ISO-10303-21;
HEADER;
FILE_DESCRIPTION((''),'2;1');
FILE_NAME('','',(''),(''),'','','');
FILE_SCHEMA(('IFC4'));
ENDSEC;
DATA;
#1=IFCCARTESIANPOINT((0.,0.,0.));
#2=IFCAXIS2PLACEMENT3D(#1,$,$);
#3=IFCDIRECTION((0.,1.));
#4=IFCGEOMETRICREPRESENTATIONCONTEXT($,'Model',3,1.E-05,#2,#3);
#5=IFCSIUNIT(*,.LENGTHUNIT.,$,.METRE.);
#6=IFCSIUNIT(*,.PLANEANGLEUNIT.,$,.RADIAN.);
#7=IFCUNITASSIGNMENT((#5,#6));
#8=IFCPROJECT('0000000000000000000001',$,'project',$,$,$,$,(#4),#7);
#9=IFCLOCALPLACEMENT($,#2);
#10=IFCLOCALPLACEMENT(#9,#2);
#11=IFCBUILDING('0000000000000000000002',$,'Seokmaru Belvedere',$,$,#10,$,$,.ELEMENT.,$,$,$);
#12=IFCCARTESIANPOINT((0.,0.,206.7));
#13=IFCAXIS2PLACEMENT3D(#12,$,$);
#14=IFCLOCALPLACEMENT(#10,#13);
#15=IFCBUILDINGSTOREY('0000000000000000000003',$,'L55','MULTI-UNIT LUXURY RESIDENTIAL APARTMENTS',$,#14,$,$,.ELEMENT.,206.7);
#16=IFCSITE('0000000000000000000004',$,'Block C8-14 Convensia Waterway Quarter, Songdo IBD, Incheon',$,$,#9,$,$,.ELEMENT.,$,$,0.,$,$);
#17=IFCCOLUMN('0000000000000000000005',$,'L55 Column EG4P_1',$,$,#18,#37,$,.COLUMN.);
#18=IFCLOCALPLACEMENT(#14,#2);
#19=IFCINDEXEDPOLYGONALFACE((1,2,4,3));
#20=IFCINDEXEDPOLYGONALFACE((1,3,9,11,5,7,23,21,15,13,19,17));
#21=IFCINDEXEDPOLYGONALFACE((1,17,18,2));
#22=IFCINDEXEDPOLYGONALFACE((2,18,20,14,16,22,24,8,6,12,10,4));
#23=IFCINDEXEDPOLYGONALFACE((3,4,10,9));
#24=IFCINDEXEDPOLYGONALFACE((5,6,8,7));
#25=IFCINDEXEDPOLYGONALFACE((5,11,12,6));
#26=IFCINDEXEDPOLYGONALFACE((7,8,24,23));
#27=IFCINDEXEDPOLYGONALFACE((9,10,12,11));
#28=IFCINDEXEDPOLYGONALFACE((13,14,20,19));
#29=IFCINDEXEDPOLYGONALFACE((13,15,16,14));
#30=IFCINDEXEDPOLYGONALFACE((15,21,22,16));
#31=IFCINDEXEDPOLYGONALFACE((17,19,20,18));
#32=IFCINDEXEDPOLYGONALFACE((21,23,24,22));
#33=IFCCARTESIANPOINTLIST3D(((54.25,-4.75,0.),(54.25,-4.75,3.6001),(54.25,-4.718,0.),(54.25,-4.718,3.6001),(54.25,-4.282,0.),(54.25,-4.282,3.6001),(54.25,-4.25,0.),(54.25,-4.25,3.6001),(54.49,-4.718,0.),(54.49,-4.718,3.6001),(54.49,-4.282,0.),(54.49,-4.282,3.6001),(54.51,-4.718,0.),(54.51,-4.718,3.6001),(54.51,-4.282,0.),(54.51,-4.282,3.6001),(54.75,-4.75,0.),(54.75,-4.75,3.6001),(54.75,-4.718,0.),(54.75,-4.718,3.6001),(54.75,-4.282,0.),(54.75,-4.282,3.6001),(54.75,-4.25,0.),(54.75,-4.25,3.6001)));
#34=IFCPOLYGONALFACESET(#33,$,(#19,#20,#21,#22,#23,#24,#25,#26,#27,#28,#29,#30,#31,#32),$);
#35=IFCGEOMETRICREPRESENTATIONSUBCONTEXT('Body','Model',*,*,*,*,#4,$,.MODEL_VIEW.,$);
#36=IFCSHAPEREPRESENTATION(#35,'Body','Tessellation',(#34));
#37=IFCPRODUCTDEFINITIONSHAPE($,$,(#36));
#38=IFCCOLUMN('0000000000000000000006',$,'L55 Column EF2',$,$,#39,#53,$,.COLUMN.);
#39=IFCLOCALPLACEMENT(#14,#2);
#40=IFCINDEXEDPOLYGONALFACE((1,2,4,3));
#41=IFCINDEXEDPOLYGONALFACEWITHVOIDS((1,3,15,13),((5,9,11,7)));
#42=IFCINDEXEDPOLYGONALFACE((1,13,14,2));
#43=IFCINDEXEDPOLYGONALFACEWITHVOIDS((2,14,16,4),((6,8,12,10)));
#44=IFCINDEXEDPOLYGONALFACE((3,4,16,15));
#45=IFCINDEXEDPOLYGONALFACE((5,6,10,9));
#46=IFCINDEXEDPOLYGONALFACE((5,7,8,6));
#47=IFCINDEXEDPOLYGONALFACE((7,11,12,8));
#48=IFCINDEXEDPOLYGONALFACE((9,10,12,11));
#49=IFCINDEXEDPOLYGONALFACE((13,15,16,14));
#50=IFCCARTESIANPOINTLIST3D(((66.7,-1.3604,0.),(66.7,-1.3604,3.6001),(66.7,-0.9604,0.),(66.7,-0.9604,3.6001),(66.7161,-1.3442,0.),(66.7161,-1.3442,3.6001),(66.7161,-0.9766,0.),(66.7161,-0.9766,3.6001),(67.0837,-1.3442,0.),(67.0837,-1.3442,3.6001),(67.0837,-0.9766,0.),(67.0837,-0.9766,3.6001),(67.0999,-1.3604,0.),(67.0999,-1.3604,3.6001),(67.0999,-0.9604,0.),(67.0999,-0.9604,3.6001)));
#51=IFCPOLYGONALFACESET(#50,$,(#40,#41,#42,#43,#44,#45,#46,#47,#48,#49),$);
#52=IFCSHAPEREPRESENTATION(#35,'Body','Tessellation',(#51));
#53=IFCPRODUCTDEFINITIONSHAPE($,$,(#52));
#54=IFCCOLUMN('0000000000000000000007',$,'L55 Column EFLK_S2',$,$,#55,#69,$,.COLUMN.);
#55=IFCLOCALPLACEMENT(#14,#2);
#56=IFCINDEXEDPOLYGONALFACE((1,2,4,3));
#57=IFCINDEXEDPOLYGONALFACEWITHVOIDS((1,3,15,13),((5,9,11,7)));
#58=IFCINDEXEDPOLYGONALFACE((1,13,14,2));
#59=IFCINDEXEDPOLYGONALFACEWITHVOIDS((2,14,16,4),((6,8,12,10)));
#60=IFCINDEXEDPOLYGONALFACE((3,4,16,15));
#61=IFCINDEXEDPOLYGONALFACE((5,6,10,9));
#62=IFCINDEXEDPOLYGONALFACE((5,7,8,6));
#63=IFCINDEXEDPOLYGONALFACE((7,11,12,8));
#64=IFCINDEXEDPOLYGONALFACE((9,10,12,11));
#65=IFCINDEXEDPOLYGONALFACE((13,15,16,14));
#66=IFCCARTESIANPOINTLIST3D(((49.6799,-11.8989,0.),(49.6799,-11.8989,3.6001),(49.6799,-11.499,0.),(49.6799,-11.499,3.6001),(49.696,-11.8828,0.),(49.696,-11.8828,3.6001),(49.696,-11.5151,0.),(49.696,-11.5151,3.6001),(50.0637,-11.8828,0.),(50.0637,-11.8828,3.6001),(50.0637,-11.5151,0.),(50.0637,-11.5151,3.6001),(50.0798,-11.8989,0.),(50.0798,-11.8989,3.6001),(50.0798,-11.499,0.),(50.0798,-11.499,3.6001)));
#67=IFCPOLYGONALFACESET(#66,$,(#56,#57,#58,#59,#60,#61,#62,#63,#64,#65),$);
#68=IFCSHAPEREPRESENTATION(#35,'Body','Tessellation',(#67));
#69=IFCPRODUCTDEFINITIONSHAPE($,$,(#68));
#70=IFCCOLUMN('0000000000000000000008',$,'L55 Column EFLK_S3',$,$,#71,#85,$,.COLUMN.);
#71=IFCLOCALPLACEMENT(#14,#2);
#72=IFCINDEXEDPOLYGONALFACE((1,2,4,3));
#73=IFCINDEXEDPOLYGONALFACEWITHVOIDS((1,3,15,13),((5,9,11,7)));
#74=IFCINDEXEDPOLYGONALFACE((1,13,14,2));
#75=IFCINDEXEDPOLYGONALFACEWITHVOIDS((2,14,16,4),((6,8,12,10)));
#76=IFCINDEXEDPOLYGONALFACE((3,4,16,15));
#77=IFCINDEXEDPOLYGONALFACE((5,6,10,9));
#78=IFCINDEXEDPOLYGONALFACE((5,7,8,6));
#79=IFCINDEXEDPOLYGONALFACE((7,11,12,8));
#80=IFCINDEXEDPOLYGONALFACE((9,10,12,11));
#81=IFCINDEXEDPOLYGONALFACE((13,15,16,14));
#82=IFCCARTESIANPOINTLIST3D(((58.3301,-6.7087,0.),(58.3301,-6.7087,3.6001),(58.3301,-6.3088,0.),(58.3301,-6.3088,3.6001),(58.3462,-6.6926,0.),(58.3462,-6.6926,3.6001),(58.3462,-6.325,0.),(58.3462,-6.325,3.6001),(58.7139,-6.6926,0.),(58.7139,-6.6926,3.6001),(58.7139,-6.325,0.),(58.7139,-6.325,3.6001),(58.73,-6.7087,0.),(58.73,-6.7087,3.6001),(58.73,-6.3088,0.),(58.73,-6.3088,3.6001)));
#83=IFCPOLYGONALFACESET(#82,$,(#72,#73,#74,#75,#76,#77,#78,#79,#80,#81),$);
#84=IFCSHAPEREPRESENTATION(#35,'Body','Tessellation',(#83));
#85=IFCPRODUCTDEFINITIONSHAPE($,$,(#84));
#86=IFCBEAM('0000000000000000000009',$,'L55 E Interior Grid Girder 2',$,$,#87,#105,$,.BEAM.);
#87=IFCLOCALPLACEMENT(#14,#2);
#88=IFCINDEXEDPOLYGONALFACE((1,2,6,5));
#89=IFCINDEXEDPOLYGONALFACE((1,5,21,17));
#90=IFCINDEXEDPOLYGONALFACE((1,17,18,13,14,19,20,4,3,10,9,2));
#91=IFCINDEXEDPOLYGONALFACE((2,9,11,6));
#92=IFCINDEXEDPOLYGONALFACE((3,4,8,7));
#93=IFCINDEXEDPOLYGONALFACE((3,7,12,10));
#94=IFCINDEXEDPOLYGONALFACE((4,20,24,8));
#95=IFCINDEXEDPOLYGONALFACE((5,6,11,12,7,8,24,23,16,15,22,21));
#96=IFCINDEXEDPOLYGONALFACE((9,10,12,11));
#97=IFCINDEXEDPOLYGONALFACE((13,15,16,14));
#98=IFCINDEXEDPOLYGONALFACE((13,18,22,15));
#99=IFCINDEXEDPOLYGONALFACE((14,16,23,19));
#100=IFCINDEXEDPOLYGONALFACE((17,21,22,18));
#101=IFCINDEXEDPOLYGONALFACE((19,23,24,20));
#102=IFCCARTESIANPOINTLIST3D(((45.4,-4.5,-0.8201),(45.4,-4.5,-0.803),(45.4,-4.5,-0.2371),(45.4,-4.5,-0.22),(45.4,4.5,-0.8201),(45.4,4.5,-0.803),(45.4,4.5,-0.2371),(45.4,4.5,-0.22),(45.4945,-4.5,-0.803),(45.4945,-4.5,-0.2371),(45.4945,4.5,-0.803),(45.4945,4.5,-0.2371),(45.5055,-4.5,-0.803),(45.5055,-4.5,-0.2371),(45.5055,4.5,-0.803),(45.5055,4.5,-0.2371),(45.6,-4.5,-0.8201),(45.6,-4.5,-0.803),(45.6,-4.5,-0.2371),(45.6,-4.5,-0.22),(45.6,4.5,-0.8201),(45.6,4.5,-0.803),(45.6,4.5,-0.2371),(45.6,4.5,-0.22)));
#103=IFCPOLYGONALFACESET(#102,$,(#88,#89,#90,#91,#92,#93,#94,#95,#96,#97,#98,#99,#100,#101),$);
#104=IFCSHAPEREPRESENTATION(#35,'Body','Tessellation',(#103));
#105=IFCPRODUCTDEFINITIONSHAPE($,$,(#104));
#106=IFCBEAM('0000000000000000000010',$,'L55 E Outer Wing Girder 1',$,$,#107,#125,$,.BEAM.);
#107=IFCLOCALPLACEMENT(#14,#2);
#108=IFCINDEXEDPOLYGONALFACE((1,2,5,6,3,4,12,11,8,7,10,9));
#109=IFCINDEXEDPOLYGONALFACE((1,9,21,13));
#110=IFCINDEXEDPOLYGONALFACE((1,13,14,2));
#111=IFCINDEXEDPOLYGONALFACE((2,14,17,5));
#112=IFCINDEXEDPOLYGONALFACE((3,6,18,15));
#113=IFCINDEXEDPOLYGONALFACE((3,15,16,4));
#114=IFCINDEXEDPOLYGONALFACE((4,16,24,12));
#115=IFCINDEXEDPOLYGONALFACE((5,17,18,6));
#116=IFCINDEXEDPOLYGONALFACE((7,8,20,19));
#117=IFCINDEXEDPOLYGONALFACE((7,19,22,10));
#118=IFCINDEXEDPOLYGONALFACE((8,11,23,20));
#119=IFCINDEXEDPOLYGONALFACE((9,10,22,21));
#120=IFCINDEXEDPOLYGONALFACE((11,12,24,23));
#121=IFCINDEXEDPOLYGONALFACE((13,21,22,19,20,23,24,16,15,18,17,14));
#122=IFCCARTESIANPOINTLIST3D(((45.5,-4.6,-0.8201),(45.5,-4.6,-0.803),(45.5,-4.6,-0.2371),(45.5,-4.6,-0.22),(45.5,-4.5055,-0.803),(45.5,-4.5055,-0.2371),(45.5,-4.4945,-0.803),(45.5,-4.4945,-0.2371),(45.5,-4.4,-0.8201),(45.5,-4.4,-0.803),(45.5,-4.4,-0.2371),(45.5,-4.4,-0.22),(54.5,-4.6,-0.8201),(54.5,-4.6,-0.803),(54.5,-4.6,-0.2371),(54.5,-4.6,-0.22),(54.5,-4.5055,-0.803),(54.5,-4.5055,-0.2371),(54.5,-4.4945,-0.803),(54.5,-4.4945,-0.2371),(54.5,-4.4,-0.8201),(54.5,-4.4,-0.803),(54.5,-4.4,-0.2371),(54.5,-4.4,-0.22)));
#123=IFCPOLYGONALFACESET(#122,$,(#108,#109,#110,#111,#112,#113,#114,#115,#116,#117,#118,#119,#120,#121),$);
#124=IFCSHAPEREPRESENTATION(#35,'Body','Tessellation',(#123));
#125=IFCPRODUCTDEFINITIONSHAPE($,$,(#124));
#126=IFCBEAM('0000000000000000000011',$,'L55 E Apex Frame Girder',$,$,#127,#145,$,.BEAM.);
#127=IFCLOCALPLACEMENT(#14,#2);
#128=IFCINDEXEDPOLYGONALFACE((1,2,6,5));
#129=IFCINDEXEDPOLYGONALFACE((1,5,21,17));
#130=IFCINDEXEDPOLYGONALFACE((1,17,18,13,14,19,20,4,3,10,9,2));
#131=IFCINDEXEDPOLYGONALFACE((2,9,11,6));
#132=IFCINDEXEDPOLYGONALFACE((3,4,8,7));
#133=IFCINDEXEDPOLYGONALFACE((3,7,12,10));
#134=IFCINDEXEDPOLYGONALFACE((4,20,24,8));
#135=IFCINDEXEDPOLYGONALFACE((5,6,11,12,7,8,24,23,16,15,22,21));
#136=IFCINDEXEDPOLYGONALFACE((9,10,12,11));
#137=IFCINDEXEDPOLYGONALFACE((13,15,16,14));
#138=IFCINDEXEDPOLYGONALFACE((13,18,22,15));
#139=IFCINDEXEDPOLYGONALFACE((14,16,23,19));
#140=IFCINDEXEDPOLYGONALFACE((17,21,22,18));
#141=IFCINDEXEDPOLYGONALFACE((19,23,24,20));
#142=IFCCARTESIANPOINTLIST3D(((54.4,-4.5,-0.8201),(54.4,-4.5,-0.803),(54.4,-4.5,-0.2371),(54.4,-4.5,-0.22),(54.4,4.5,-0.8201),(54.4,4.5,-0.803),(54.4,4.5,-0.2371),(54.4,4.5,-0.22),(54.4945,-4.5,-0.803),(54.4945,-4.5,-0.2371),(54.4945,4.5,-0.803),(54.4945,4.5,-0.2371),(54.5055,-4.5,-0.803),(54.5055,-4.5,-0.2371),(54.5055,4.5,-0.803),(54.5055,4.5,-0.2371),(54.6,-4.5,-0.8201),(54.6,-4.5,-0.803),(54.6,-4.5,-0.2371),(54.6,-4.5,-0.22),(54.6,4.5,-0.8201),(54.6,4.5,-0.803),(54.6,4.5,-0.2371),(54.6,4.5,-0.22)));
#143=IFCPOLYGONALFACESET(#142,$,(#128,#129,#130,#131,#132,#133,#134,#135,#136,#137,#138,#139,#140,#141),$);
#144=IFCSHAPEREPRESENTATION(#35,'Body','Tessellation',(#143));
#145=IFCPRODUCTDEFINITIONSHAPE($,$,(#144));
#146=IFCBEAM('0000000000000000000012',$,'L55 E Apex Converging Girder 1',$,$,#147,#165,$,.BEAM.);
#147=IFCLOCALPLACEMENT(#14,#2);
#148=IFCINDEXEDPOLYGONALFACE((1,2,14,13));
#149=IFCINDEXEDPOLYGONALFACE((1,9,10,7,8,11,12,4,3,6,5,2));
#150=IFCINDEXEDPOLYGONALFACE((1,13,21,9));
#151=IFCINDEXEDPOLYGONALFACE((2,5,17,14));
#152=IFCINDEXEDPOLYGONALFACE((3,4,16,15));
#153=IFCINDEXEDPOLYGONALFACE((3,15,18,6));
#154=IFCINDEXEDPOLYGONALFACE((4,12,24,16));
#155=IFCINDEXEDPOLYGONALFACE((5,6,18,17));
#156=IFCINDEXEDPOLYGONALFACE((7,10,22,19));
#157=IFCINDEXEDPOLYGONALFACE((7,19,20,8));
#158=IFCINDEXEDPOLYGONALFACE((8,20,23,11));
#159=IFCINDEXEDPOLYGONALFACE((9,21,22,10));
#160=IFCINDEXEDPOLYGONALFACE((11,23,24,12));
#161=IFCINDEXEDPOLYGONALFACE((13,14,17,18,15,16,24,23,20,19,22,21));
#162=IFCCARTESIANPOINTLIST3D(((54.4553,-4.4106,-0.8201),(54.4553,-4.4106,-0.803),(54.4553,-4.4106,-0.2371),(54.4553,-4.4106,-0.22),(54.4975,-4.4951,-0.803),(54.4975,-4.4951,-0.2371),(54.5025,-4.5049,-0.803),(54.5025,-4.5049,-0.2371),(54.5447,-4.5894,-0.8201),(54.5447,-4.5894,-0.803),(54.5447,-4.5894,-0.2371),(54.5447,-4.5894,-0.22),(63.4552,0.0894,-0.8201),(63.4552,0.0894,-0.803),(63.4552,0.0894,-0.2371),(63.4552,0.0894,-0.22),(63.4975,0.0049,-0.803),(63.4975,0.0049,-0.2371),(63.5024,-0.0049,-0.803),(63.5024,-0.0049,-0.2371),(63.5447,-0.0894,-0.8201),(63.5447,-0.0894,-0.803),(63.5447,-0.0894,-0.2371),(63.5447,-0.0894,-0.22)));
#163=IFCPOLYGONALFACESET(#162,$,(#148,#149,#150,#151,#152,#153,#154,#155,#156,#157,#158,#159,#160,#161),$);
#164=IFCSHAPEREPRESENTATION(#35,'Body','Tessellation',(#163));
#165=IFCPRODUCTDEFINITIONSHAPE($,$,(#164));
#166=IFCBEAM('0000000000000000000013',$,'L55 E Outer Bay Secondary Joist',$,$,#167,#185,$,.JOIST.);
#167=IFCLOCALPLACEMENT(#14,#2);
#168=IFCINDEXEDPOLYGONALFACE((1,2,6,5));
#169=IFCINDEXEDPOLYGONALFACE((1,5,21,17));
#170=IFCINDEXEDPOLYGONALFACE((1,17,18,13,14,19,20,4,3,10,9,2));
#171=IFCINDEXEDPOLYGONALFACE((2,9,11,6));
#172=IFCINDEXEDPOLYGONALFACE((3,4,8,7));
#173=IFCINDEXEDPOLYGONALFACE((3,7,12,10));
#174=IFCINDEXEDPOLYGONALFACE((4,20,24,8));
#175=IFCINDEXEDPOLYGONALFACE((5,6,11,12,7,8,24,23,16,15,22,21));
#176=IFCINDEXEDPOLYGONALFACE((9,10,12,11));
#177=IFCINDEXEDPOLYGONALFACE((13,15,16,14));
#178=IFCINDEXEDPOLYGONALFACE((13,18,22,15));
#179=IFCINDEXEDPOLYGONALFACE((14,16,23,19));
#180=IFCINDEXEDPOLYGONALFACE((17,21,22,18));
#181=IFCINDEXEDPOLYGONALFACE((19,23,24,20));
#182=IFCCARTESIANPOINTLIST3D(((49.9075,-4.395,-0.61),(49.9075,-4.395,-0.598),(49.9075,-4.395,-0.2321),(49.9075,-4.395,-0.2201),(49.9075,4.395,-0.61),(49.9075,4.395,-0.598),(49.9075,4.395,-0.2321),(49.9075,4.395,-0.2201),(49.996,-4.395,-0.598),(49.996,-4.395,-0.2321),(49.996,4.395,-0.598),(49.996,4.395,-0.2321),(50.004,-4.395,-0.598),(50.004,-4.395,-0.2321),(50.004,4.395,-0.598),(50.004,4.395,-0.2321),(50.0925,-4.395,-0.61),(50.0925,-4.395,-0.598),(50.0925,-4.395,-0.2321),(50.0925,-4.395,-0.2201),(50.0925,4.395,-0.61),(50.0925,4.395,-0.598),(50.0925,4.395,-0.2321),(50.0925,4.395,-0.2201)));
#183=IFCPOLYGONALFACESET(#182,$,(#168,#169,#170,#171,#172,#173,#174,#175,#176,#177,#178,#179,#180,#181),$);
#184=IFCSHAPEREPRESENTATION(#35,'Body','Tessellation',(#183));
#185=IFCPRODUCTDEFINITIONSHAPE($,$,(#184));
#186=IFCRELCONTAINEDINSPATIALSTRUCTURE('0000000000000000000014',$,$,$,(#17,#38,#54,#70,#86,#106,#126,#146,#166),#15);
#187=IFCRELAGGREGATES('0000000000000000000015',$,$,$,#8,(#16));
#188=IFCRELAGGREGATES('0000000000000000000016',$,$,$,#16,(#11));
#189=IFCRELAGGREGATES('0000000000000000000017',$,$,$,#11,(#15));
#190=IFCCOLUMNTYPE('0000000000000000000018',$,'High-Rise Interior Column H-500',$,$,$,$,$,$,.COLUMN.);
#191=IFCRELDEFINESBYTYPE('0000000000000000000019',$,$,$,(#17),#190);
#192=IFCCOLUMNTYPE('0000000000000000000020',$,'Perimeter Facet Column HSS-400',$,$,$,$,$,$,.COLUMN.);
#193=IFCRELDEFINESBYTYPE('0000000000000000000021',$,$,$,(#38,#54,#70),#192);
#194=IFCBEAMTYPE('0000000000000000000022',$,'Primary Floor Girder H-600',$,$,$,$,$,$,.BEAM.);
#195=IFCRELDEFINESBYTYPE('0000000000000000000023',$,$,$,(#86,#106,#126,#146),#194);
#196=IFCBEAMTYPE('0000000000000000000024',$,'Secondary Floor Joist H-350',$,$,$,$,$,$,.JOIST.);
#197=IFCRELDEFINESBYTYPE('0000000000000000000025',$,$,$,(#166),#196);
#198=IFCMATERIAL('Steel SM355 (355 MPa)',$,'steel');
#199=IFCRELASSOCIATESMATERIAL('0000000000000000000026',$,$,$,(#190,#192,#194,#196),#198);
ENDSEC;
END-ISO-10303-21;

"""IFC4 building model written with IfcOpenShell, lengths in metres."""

from ifc_helpers import new_model, si_unit, direction, frame, origin, origin_2d, place, context, subcontext, project, spatial, hollow_rectangle, i_section, extrude, source, transform, mapped, material, material_profile, profile_set, type_object, type_shapes, element, save


model = new_model("IFC4")

# Units and contexts
model_context = context("Model", 3, precision=1e-05, world=origin(), true_north=direction((0.0, 1.0)))
body_context = subcontext(model_context, "Body", "Model", "MODEL_VIEW")
ifc_project = project(units=[si_unit("LENGTHUNIT", "METRE"), si_unit("PLANEANGLEUNIT", "RADIAN")], contexts=[model_context])

# Site, building, storey
site_placement = place(None, origin())
site = spatial("IfcSite", under=ifc_project, at=site_placement, Name="Block C8-14 Convensia Waterway Quarter, Songdo IBD, Incheon", CompositionType="ELEMENT", RefElevation=0.0)
building_placement = place(site_placement, origin())
building = spatial("IfcBuilding", under=site, at=building_placement, Name="Seokmaru Belvedere", CompositionType="ELEMENT")
storey_placement = place(building_placement, frame((0.0, 0.0, 206.7)))
storey = spatial("IfcBuildingStorey", under=building, at=storey_placement, Name="L55", Description="MULTI-UNIT LUXURY RESIDENTIAL APARTMENTS", CompositionType="ELEMENT", Elevation=206.7)

# Columns
ifc_material_1 = material(Name="Steel SM355 (355 MPa)", Category="steel")
ifc_material_profile_1 = material_profile(ifc_material_1, i_section(OverallWidth=0.5, OverallDepth=0.5, WebThickness=0.02, FlangeThickness=0.032, at=origin_2d()), Name="H-500x500x20x32")
ifc_profile_set_1 = profile_set([ifc_material_profile_1], Name="Steel SM355 (355 MPa)")
column_type_1 = type_object("IfcColumnType", Name="High-Rise Interior Column H-500", PredefinedType="COLUMN", material=ifc_profile_set_1)
shared_shape_1 = source(origin(), body_context, "Body", "SweptSolid", [
    extrude(i_section(OverallWidth=0.5, OverallDepth=0.5, WebThickness=0.02, FlangeThickness=0.032, at=origin_2d()), origin(), (0.0, 0.0, 1.0), 3.6001),
])
type_shapes(column_type_1, [shared_shape_1])
column_placement = place(storey_placement, frame((54.5, -4.5, 0.0), z_axis=(0.0, 0.0, 1.0), x_axis=(1.0, 0.0, 0.0)))
element("IfcColumn", 1, at=column_placement, inside=storey, type_object=column_type_1, Name="L55 Column EG4P_1", PredefinedType="COLUMN", context=body_context, shape_type="MappedRepresentation", body=[
    mapped(shared_shape_1, transform((0.0, 0.0, 0.0), scale=1.0)),
])
ifc_material_profile_2 = material_profile(ifc_material_1, hollow_rectangle(XDim=0.3999, YDim=0.3999, WallThickness=0.0161, at=origin_2d()), Name="HSS-400x400x16")
ifc_profile_set_2 = profile_set([ifc_material_profile_2], Name="Steel SM355 (355 MPa)")
column_type_2 = type_object("IfcColumnType", Name="Perimeter Facet Column HSS-400", PredefinedType="COLUMN", material=ifc_profile_set_2)
shared_shape_2 = source(origin(), body_context, "Body", "SweptSolid", [
    extrude(hollow_rectangle(XDim=0.3999, YDim=0.3999, WallThickness=0.0161, at=origin_2d()), origin(), (0.0, 0.0, 1.0), 3.6001),
])
type_shapes(column_type_2, [shared_shape_2])
for number, where, z_axis, x_axis, name in (
    (2, (66.8999, -1.1604, 0.0), (0.0, 0.0, 1.0), (1.0, 0.0, 0.0), "L55 Column EF2"),
    (3, (49.8799, -11.699, 0.0), (0.0, 0.0, 1.0), (1.0, 0.0, 0.0), "L55 Column EFLK_S2"),
    (4, (58.53, -6.5088, 0.0), (0.0, 0.0, 1.0), (1.0, 0.0, 0.0), "L55 Column EFLK_S3"),
):
    element("IfcColumn", number, at=place(storey_placement, frame(where, z_axis=z_axis, x_axis=x_axis)), inside=storey, type_object=column_type_2, Name=name, PredefinedType="COLUMN", context=body_context, shape_type="MappedRepresentation", body=[
        mapped(shared_shape_2, transform((0.0, 0.0, 0.0), scale=1.0)),
    ])

# Beams
ifc_material_profile_3 = material_profile(ifc_material_1, i_section(OverallWidth=0.2, OverallDepth=0.6001, WebThickness=0.011, FlangeThickness=0.0171, at=origin_2d()), Name="H-600x200x11x17")
ifc_profile_set_3 = profile_set([ifc_material_profile_3], Name="Steel SM355 (355 MPa)")
beam_type_1 = type_object("IfcBeamType", Name="Primary Floor Girder H-600", PredefinedType="BEAM", material=ifc_profile_set_3)
shared_shape_3 = source(origin(), body_context, "Body", "SweptSolid", [
    extrude(i_section(OverallWidth=0.2, OverallDepth=0.6001, WebThickness=0.011, FlangeThickness=0.0171, at=origin_2d()), origin(), (0.0, 0.0, 1.0), 9.0),
])
for number, where, z_axis, x_axis, name in (
    (5, (45.5, -4.5, -0.52), (0.0, 1.0, 0.0), (-1.0, 0.0, 0.0), "L55 E Interior Grid Girder 2"),
    (6, (45.5, -4.5, -0.52), (1.0, 0.0, 0.0), (0.0, 1.0, 0.0), "L55 E Outer Wing Girder 1"),
    (7, (54.5, -4.5, -0.52), (0.0, 1.0, 0.0), (-1.0, 0.0, 0.0), "L55 E Apex Frame Girder"),
):
    element("IfcBeam", number, at=place(storey_placement, frame(where, z_axis=z_axis, x_axis=x_axis)), inside=storey, type_object=beam_type_1, Name=name, PredefinedType="BEAM", context=body_context, shape_type="MappedRepresentation", body=[
        mapped(shared_shape_3, transform((0.0, 0.0, 0.0), scale=1.0)),
    ])
shared_shape_4 = source(origin(), body_context, "Body", "SweptSolid", [
    extrude(i_section(OverallWidth=0.2, OverallDepth=0.6001, WebThickness=0.011, FlangeThickness=0.0171, at=origin_2d()), origin(), (0.0, 0.0, 1.0), 10.0623),
])
beam_1_placement = place(storey_placement, frame((54.5, -4.5, -0.52), z_axis=(0.894427, 0.447214, 0.0), x_axis=(-0.447214, 0.894427, 0.0)))
element("IfcBeam", 8, at=beam_1_placement, inside=storey, type_object=beam_type_1, Name="L55 E Apex Converging Girder 1", PredefinedType="BEAM", context=body_context, shape_type="MappedRepresentation", body=[
    mapped(shared_shape_4, transform((0.0, 0.0, 0.0), scale=1.0)),
])
ifc_material_profile_4 = material_profile(ifc_material_1, i_section(OverallWidth=0.1851, OverallDepth=0.3899, WebThickness=0.0081, FlangeThickness=0.012, at=origin_2d()), Name="H-390x185x8x12")
ifc_profile_set_4 = profile_set([ifc_material_profile_4], Name="Steel SM355 (355 MPa)")
beam_type_2 = type_object("IfcBeamType", Name="Secondary Floor Joist H-350", PredefinedType="JOIST", material=ifc_profile_set_4)
shared_shape_5 = source(origin(), body_context, "Body", "SweptSolid", [
    extrude(i_section(OverallWidth=0.1851, OverallDepth=0.3899, WebThickness=0.0081, FlangeThickness=0.012, at=origin_2d()), origin(), (0.0, 0.0, 1.0), 8.79),
])
type_shapes(beam_type_2, [shared_shape_5])
beam_2_placement = place(storey_placement, frame((50.0, -4.395, -0.415), z_axis=(0.0, 1.0, 0.0), x_axis=(-1.0, 0.0, 0.0)))
element("IfcBeam", 9, at=beam_2_placement, inside=storey, type_object=beam_type_2, Name="L55 E Outer Bay Secondary Joist", PredefinedType="JOIST", context=body_context, shape_type="MappedRepresentation", body=[
    mapped(shared_shape_5, transform((0.0, 0.0, 0.0), scale=1.0)),
])

save(model, "model.ifc")
